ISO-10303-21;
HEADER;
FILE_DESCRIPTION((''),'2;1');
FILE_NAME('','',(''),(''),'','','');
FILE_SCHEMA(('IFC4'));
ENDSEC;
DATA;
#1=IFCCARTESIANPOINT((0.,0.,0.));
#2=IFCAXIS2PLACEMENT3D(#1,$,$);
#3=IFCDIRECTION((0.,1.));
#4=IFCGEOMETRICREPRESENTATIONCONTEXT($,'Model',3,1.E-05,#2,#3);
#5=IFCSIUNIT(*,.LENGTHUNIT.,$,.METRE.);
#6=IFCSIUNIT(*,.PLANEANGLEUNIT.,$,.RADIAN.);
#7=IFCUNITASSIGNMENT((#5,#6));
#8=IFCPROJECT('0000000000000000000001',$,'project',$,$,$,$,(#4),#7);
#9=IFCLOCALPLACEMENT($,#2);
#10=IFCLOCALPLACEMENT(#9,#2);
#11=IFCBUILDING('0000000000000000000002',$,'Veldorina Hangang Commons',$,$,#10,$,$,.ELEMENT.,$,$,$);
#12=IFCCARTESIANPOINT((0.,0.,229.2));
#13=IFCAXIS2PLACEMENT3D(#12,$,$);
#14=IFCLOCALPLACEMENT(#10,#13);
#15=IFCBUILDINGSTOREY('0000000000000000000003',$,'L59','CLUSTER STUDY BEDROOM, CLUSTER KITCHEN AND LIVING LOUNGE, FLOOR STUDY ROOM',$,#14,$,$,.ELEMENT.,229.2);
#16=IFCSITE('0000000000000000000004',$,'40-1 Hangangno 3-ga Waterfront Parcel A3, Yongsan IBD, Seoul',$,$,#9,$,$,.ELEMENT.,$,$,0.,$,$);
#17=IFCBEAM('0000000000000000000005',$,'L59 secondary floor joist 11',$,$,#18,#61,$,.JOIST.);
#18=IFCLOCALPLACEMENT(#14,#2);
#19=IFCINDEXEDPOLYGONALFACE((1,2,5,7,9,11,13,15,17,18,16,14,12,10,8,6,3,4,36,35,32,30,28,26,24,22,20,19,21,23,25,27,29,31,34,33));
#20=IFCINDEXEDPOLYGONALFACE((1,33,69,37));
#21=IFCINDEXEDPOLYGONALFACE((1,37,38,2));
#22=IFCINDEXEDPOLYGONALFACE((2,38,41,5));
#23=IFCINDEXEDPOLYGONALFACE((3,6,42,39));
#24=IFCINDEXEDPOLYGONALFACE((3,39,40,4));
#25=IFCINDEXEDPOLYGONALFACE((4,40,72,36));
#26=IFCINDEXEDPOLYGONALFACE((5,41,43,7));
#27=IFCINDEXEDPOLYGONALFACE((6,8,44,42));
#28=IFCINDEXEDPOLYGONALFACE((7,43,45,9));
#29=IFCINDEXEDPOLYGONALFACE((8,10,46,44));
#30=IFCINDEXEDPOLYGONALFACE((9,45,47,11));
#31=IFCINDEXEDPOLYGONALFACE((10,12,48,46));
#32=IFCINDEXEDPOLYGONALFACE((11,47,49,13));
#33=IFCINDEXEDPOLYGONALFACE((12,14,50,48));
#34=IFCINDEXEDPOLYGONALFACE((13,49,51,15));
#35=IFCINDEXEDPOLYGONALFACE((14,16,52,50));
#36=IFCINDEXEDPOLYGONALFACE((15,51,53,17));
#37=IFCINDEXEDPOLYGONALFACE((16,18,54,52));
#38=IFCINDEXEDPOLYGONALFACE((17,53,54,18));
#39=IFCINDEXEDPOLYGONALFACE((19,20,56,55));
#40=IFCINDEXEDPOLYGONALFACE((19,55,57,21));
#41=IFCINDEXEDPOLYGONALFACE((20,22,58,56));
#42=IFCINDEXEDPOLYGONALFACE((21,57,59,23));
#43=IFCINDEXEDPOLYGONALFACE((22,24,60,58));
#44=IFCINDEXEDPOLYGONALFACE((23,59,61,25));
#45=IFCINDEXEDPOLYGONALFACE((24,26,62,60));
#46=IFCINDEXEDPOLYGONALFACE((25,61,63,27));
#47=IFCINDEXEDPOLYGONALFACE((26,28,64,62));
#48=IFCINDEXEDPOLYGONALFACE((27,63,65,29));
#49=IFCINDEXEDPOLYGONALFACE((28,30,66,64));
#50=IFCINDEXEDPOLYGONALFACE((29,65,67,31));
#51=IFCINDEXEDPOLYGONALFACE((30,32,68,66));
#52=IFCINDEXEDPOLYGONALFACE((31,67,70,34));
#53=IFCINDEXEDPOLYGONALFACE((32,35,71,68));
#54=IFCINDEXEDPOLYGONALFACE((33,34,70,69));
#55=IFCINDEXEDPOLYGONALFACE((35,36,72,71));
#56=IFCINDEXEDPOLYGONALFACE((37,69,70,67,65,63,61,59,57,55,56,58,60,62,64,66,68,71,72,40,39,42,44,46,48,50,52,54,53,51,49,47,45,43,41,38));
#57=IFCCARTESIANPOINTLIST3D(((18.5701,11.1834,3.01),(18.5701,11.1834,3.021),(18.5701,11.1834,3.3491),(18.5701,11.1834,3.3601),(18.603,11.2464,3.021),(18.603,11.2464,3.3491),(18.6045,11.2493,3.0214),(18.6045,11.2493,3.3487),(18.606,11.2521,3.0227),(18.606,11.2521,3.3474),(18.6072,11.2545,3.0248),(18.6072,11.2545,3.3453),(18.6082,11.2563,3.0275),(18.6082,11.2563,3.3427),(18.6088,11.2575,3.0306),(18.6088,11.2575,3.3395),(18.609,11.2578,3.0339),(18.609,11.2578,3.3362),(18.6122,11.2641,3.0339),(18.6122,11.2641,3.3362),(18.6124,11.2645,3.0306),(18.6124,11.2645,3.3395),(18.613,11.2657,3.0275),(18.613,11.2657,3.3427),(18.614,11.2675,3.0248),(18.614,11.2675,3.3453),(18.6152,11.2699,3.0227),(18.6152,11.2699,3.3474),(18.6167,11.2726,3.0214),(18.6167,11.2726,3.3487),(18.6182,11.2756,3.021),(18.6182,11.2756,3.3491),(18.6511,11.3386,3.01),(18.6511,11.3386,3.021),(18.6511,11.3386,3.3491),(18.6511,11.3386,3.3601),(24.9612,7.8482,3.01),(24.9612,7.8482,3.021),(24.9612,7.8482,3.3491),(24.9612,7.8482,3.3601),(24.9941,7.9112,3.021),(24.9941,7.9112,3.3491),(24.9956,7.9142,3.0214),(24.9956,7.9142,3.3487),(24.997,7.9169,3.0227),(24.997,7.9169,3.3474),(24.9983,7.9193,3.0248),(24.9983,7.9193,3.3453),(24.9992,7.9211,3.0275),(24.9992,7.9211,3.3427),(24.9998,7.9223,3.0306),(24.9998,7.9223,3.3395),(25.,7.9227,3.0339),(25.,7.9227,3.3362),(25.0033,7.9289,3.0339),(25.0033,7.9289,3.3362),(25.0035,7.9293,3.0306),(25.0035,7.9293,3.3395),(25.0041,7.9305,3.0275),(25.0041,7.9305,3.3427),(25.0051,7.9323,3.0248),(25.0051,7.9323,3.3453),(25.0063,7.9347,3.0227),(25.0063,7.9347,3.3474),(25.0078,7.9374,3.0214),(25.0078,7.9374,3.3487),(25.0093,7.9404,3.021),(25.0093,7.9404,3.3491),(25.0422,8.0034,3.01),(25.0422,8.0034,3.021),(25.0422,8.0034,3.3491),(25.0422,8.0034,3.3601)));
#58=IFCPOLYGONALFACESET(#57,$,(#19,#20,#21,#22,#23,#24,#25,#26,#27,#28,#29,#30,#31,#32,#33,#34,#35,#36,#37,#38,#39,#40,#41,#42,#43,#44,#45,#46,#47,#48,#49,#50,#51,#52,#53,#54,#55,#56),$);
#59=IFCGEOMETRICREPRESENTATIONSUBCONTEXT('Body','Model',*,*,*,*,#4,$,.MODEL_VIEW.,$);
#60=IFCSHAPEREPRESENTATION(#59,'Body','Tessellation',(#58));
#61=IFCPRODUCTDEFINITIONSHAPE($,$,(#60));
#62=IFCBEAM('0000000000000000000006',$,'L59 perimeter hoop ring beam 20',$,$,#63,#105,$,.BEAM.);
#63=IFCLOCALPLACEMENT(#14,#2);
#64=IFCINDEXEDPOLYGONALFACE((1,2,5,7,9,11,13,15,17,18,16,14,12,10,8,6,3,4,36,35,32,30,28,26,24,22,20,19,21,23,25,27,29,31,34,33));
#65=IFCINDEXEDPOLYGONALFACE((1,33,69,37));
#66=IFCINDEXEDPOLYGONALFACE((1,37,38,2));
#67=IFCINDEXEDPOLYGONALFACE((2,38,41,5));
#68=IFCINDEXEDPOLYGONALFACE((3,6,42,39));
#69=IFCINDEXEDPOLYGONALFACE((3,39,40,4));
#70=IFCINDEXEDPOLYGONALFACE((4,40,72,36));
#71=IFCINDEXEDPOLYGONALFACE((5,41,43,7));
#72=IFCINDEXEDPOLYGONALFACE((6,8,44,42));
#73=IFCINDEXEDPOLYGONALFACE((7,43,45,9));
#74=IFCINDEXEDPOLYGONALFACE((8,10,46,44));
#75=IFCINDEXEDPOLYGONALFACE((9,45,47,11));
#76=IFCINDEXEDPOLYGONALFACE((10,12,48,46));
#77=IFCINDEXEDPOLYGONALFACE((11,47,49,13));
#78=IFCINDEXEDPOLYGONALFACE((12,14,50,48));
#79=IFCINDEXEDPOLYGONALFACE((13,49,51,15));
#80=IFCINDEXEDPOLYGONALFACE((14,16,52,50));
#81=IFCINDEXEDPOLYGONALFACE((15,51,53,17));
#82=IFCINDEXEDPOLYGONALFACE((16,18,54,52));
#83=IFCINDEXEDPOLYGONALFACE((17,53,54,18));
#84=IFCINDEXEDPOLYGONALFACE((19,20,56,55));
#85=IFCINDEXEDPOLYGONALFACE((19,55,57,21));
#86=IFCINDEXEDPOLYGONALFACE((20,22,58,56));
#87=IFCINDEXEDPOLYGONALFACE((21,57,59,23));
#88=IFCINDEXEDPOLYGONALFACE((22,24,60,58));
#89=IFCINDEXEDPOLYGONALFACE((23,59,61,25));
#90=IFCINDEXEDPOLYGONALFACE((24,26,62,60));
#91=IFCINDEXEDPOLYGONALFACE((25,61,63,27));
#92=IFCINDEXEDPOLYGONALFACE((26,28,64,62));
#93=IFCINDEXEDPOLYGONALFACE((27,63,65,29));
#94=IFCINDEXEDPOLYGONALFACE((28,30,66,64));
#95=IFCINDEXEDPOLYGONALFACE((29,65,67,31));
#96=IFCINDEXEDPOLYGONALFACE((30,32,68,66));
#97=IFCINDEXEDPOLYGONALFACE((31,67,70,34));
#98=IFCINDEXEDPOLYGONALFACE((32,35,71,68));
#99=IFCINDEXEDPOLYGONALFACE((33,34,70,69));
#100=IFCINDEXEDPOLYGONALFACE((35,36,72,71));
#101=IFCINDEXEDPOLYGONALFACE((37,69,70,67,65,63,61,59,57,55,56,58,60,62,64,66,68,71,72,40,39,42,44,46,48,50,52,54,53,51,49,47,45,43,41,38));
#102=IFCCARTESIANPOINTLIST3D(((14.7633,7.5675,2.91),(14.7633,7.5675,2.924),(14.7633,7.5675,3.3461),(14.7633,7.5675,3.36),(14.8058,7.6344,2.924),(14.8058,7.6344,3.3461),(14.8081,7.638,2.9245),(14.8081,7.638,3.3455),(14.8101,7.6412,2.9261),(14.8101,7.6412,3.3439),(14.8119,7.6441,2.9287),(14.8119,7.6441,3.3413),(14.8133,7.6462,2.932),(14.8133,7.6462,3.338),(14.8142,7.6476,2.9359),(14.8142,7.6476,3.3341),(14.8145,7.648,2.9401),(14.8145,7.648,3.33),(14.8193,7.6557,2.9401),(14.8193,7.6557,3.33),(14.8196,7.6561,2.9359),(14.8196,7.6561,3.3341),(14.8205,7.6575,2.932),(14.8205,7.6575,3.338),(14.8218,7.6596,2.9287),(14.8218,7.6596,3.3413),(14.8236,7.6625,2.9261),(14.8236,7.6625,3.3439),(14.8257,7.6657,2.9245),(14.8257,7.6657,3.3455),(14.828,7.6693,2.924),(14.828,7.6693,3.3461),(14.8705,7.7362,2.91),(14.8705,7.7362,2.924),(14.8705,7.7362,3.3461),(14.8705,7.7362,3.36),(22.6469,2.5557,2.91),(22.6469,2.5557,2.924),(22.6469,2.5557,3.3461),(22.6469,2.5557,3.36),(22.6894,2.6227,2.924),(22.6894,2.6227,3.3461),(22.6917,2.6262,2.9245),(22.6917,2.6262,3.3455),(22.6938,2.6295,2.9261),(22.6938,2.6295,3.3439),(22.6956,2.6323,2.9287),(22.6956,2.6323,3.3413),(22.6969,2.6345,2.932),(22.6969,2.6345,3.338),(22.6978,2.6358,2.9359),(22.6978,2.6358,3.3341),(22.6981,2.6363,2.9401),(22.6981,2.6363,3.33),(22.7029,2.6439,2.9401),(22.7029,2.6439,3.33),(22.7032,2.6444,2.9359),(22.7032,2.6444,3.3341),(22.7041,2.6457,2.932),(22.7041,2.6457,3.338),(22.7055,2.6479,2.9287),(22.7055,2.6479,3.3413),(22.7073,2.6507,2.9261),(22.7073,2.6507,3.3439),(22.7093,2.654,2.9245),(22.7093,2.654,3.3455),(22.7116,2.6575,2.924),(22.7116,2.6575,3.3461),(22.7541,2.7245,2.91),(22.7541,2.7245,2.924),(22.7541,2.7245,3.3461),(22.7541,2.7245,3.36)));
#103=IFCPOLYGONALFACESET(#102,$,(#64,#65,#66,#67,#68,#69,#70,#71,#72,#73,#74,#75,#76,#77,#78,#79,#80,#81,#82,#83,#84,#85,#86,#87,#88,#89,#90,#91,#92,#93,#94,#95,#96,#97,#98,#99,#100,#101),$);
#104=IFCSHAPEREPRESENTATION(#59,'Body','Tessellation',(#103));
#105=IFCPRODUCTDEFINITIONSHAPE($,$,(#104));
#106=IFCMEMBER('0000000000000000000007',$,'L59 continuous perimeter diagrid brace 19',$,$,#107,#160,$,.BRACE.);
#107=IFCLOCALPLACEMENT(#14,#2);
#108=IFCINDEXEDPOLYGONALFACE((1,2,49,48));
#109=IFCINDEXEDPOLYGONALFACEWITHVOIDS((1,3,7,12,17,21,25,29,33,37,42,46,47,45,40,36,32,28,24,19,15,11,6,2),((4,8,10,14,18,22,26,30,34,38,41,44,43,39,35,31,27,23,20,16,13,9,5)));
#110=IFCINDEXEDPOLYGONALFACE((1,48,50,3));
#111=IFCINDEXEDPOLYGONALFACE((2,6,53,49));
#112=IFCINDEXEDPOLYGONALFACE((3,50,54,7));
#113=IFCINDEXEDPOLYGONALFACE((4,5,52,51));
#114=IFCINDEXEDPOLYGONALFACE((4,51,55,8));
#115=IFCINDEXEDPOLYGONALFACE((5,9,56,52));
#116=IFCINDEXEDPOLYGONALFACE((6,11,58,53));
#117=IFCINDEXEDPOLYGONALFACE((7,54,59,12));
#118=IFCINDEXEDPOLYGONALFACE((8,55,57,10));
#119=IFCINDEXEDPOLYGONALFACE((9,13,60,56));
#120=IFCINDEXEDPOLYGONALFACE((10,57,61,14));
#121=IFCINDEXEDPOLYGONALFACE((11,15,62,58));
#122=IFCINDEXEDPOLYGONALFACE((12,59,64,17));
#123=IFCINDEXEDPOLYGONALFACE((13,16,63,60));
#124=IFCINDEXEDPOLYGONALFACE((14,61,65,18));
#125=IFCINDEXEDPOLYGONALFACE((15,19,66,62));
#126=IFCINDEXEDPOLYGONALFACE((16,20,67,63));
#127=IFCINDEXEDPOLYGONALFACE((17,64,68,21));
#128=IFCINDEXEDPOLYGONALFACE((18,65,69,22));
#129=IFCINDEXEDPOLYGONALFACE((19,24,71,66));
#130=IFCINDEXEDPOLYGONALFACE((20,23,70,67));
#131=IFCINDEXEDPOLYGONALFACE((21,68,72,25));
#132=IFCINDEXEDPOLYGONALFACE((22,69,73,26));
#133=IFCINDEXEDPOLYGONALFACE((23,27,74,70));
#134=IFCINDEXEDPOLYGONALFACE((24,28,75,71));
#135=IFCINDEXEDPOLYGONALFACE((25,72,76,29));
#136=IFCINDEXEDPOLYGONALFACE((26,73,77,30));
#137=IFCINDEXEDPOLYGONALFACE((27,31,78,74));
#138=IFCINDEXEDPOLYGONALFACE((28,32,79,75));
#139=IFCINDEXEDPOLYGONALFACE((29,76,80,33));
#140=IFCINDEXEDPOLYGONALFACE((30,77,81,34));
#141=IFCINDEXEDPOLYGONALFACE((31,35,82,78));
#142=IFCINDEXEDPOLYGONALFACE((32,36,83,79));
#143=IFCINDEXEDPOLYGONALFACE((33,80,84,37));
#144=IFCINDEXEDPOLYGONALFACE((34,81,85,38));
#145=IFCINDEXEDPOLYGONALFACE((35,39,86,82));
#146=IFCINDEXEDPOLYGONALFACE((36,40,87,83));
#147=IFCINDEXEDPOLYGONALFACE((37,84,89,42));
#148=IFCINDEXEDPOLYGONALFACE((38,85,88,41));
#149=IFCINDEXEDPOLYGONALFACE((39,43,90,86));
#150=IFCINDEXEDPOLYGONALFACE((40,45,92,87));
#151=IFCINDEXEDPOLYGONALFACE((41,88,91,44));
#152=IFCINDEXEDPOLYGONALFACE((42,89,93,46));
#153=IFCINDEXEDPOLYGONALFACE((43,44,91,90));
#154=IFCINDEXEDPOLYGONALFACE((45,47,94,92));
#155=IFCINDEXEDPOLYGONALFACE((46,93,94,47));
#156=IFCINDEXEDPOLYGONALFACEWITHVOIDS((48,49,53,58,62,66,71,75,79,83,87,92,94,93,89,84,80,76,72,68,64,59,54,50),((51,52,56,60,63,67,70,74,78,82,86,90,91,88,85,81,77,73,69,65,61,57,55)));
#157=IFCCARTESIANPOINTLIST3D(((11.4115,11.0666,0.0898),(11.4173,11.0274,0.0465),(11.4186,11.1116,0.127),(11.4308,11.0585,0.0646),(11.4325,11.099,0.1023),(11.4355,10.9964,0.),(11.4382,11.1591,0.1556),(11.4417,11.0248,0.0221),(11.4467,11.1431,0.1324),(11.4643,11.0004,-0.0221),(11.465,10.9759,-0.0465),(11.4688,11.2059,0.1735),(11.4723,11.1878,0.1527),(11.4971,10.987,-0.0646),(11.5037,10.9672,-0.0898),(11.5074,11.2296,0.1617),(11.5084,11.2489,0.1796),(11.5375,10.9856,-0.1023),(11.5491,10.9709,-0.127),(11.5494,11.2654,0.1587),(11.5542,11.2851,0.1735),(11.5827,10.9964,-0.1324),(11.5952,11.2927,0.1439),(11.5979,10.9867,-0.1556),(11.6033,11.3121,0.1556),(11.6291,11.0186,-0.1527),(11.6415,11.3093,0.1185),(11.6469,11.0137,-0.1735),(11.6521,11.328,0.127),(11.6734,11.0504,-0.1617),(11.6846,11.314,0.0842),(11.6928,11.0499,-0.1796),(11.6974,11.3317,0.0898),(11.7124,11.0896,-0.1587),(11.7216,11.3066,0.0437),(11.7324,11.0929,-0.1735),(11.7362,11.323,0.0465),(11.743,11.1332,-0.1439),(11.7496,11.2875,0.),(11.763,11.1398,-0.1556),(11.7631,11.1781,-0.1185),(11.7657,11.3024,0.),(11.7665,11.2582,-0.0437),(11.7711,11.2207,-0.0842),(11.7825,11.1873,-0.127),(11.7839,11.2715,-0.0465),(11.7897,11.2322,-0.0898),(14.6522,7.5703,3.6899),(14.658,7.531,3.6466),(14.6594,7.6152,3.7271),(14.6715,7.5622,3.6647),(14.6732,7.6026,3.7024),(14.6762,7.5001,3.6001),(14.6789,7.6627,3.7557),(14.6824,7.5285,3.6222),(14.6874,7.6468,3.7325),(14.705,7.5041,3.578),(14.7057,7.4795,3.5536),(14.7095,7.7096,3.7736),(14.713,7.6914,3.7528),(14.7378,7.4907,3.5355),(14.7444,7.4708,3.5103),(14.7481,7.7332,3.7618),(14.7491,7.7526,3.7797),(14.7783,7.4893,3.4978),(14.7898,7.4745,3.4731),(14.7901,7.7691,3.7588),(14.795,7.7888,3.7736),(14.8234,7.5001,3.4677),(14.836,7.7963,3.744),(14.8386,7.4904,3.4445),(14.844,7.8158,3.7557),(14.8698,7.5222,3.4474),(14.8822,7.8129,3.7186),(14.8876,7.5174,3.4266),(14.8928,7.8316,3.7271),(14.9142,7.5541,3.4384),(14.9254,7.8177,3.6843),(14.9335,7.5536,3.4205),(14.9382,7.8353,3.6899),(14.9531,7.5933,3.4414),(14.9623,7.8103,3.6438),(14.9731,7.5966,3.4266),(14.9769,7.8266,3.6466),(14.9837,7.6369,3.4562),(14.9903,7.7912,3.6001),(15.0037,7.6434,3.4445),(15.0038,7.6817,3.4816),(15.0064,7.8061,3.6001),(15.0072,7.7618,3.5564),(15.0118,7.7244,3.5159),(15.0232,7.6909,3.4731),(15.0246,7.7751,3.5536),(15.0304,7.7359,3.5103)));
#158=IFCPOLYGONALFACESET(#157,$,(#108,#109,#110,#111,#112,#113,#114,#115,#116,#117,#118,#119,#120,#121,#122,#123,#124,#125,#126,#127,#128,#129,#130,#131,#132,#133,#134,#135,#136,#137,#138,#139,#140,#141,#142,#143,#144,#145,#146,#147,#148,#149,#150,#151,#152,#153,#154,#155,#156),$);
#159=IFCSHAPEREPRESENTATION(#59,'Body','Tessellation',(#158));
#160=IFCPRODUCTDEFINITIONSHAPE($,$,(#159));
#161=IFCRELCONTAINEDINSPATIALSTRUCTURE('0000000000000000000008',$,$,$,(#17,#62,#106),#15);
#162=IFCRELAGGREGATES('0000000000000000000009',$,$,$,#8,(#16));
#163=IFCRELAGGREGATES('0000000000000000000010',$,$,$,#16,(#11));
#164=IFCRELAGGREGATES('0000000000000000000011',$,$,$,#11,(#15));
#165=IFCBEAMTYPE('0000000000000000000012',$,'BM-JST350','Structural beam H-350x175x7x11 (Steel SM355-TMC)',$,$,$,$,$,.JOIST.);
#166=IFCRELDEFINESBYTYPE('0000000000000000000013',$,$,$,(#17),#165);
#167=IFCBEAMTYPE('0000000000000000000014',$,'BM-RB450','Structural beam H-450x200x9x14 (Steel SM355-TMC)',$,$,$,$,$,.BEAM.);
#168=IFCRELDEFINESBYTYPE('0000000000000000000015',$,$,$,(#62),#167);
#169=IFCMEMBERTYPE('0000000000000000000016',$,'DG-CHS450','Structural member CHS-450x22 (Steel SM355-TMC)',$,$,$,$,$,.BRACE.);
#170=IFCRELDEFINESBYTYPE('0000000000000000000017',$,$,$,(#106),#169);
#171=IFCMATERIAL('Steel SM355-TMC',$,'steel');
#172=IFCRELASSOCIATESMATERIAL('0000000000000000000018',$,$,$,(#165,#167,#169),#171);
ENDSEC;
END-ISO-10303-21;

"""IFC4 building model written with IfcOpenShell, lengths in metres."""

from ifc_helpers import new_model, si_unit, direction, frame, origin, origin_2d, place, context, subcontext, project, spatial, hollow_circle, i_section, extrude, material, material_profile, profile_set, type_object, element, save


model = new_model("IFC4")

# Units and contexts
model_context = context("Model", 3, precision=1e-05, world=origin(), true_north=direction((0.0, 1.0)))
body_context = subcontext(model_context, "Body", "Model", "MODEL_VIEW")
ifc_project = project(units=[si_unit("LENGTHUNIT", "METRE"), si_unit("PLANEANGLEUNIT", "RADIAN")], contexts=[model_context])

# Site, building, storey
site_placement = place(None, origin())
site = spatial("IfcSite", under=ifc_project, at=site_placement, Name="40-1 Hangangno 3-ga Waterfront Parcel A3, Yongsan IBD, Seoul", CompositionType="ELEMENT", RefElevation=0.0)
building_placement = place(site_placement, origin())
building = spatial("IfcBuilding", under=site, at=building_placement, Name="Veldorina Hangang Commons", CompositionType="ELEMENT")
storey_placement = place(building_placement, frame((0.0, 0.0, 229.2)))
storey = spatial("IfcBuildingStorey", under=building, at=storey_placement, Name="L59", Description="CLUSTER STUDY BEDROOM, CLUSTER KITCHEN AND LIVING LOUNGE, FLOOR STUDY ROOM", CompositionType="ELEMENT", Elevation=229.2)

# Beams
ifc_material_1 = material(Name="Steel SM355-TMC", Category="steel")
ifc_material_profile_1 = material_profile(ifc_material_1, i_section(OverallWidth=0.175, OverallDepth=0.3501, WebThickness=0.0071, FlangeThickness=0.011, FilletRadius=0.0129, at=origin_2d()), Name="H-350x175x7x11")
ifc_profile_set_1 = profile_set([ifc_material_profile_1], Name="Steel SM355-TMC")
beam_type_1 = type_object("IfcBeamType", Name="BM-JST350", Description="Structural beam H-350x175x7x11 (Steel SM355-TMC)", PredefinedType="JOIST", material=ifc_profile_set_1)
beam_1_placement = place(storey_placement, frame((18.6106, 11.261, 3.1851), z_axis=(0.886544, -0.462644, 0.0), x_axis=(0.462644, 0.886544, 0.0)))
element("IfcBeam", 1, at=beam_1_placement, inside=storey, type_object=beam_type_1, Name="L59 secondary floor joist 11", PredefinedType="JOIST", context=body_context, shape_type="SweptSolid", body=[
    extrude(i_section(OverallWidth=0.175, OverallDepth=0.3501, WebThickness=0.0071, FlangeThickness=0.011, FilletRadius=0.0129, at=origin_2d()), origin(), (0.0, 0.0, 1.0), 7.209),
])
ifc_material_profile_2 = material_profile(ifc_material_1, i_section(OverallWidth=0.2, OverallDepth=0.45, WebThickness=0.009, FlangeThickness=0.0139, FilletRadius=0.0161, at=origin_2d()), Name="H-450x200x9x14")
ifc_profile_set_2 = profile_set([ifc_material_profile_2], Name="Steel SM355-TMC")
beam_type_2 = type_object("IfcBeamType", Name="BM-RB450", Description="Structural beam H-450x200x9x14 (Steel SM355-TMC)", PredefinedType="BEAM", material=ifc_profile_set_2)
beam_2_placement = place(storey_placement, frame((14.8169, 7.6519, 3.135), z_axis=(0.843908, -0.536488, 0.0), x_axis=(0.536488, 0.843908, 0.0)))
element("IfcBeam", 2, at=beam_2_placement, inside=storey, type_object=beam_type_2, Name="L59 perimeter hoop ring beam 20", PredefinedType="BEAM", context=body_context, shape_type="SweptSolid", body=[
    extrude(i_section(OverallWidth=0.2, OverallDepth=0.45, WebThickness=0.009, FlangeThickness=0.0139, FilletRadius=0.0161, at=origin_2d()), origin(), (0.0, 0.0, 1.0), 9.3418),
])

# Member
ifc_material_profile_3 = material_profile(ifc_material_1, hollow_circle(Radius=0.2251, WallThickness=0.022, at=origin_2d()), Name="CHS-450x22")
ifc_profile_set_3 = profile_set([ifc_material_profile_3], Name="Steel SM355-TMC")
member_type_1 = type_object("IfcMemberType", Name="DG-CHS450", Description="Structural member CHS-450x22 (Steel SM355-TMC)", PredefinedType="BRACE", material=ifc_profile_set_3)
member_1_placement = place(storey_placement, frame((11.6006, 11.1494, 0.0), z_axis=(0.542481, -0.58527, 0.602639), x_axis=(0.733408, 0.679789, 0.0)))
element("IfcMember", 3, at=member_1_placement, inside=storey, type_object=member_type_1, Name="L59 continuous perimeter diagrid brace 19", PredefinedType="BRACE", context=body_context, shape_type="SweptSolid", body=[
    extrude(hollow_circle(Radius=0.2251, WallThickness=0.022, at=origin_2d()), origin(), (0.0, 0.0, 1.0), 5.9739),
])

save(model, "model.ifc")
